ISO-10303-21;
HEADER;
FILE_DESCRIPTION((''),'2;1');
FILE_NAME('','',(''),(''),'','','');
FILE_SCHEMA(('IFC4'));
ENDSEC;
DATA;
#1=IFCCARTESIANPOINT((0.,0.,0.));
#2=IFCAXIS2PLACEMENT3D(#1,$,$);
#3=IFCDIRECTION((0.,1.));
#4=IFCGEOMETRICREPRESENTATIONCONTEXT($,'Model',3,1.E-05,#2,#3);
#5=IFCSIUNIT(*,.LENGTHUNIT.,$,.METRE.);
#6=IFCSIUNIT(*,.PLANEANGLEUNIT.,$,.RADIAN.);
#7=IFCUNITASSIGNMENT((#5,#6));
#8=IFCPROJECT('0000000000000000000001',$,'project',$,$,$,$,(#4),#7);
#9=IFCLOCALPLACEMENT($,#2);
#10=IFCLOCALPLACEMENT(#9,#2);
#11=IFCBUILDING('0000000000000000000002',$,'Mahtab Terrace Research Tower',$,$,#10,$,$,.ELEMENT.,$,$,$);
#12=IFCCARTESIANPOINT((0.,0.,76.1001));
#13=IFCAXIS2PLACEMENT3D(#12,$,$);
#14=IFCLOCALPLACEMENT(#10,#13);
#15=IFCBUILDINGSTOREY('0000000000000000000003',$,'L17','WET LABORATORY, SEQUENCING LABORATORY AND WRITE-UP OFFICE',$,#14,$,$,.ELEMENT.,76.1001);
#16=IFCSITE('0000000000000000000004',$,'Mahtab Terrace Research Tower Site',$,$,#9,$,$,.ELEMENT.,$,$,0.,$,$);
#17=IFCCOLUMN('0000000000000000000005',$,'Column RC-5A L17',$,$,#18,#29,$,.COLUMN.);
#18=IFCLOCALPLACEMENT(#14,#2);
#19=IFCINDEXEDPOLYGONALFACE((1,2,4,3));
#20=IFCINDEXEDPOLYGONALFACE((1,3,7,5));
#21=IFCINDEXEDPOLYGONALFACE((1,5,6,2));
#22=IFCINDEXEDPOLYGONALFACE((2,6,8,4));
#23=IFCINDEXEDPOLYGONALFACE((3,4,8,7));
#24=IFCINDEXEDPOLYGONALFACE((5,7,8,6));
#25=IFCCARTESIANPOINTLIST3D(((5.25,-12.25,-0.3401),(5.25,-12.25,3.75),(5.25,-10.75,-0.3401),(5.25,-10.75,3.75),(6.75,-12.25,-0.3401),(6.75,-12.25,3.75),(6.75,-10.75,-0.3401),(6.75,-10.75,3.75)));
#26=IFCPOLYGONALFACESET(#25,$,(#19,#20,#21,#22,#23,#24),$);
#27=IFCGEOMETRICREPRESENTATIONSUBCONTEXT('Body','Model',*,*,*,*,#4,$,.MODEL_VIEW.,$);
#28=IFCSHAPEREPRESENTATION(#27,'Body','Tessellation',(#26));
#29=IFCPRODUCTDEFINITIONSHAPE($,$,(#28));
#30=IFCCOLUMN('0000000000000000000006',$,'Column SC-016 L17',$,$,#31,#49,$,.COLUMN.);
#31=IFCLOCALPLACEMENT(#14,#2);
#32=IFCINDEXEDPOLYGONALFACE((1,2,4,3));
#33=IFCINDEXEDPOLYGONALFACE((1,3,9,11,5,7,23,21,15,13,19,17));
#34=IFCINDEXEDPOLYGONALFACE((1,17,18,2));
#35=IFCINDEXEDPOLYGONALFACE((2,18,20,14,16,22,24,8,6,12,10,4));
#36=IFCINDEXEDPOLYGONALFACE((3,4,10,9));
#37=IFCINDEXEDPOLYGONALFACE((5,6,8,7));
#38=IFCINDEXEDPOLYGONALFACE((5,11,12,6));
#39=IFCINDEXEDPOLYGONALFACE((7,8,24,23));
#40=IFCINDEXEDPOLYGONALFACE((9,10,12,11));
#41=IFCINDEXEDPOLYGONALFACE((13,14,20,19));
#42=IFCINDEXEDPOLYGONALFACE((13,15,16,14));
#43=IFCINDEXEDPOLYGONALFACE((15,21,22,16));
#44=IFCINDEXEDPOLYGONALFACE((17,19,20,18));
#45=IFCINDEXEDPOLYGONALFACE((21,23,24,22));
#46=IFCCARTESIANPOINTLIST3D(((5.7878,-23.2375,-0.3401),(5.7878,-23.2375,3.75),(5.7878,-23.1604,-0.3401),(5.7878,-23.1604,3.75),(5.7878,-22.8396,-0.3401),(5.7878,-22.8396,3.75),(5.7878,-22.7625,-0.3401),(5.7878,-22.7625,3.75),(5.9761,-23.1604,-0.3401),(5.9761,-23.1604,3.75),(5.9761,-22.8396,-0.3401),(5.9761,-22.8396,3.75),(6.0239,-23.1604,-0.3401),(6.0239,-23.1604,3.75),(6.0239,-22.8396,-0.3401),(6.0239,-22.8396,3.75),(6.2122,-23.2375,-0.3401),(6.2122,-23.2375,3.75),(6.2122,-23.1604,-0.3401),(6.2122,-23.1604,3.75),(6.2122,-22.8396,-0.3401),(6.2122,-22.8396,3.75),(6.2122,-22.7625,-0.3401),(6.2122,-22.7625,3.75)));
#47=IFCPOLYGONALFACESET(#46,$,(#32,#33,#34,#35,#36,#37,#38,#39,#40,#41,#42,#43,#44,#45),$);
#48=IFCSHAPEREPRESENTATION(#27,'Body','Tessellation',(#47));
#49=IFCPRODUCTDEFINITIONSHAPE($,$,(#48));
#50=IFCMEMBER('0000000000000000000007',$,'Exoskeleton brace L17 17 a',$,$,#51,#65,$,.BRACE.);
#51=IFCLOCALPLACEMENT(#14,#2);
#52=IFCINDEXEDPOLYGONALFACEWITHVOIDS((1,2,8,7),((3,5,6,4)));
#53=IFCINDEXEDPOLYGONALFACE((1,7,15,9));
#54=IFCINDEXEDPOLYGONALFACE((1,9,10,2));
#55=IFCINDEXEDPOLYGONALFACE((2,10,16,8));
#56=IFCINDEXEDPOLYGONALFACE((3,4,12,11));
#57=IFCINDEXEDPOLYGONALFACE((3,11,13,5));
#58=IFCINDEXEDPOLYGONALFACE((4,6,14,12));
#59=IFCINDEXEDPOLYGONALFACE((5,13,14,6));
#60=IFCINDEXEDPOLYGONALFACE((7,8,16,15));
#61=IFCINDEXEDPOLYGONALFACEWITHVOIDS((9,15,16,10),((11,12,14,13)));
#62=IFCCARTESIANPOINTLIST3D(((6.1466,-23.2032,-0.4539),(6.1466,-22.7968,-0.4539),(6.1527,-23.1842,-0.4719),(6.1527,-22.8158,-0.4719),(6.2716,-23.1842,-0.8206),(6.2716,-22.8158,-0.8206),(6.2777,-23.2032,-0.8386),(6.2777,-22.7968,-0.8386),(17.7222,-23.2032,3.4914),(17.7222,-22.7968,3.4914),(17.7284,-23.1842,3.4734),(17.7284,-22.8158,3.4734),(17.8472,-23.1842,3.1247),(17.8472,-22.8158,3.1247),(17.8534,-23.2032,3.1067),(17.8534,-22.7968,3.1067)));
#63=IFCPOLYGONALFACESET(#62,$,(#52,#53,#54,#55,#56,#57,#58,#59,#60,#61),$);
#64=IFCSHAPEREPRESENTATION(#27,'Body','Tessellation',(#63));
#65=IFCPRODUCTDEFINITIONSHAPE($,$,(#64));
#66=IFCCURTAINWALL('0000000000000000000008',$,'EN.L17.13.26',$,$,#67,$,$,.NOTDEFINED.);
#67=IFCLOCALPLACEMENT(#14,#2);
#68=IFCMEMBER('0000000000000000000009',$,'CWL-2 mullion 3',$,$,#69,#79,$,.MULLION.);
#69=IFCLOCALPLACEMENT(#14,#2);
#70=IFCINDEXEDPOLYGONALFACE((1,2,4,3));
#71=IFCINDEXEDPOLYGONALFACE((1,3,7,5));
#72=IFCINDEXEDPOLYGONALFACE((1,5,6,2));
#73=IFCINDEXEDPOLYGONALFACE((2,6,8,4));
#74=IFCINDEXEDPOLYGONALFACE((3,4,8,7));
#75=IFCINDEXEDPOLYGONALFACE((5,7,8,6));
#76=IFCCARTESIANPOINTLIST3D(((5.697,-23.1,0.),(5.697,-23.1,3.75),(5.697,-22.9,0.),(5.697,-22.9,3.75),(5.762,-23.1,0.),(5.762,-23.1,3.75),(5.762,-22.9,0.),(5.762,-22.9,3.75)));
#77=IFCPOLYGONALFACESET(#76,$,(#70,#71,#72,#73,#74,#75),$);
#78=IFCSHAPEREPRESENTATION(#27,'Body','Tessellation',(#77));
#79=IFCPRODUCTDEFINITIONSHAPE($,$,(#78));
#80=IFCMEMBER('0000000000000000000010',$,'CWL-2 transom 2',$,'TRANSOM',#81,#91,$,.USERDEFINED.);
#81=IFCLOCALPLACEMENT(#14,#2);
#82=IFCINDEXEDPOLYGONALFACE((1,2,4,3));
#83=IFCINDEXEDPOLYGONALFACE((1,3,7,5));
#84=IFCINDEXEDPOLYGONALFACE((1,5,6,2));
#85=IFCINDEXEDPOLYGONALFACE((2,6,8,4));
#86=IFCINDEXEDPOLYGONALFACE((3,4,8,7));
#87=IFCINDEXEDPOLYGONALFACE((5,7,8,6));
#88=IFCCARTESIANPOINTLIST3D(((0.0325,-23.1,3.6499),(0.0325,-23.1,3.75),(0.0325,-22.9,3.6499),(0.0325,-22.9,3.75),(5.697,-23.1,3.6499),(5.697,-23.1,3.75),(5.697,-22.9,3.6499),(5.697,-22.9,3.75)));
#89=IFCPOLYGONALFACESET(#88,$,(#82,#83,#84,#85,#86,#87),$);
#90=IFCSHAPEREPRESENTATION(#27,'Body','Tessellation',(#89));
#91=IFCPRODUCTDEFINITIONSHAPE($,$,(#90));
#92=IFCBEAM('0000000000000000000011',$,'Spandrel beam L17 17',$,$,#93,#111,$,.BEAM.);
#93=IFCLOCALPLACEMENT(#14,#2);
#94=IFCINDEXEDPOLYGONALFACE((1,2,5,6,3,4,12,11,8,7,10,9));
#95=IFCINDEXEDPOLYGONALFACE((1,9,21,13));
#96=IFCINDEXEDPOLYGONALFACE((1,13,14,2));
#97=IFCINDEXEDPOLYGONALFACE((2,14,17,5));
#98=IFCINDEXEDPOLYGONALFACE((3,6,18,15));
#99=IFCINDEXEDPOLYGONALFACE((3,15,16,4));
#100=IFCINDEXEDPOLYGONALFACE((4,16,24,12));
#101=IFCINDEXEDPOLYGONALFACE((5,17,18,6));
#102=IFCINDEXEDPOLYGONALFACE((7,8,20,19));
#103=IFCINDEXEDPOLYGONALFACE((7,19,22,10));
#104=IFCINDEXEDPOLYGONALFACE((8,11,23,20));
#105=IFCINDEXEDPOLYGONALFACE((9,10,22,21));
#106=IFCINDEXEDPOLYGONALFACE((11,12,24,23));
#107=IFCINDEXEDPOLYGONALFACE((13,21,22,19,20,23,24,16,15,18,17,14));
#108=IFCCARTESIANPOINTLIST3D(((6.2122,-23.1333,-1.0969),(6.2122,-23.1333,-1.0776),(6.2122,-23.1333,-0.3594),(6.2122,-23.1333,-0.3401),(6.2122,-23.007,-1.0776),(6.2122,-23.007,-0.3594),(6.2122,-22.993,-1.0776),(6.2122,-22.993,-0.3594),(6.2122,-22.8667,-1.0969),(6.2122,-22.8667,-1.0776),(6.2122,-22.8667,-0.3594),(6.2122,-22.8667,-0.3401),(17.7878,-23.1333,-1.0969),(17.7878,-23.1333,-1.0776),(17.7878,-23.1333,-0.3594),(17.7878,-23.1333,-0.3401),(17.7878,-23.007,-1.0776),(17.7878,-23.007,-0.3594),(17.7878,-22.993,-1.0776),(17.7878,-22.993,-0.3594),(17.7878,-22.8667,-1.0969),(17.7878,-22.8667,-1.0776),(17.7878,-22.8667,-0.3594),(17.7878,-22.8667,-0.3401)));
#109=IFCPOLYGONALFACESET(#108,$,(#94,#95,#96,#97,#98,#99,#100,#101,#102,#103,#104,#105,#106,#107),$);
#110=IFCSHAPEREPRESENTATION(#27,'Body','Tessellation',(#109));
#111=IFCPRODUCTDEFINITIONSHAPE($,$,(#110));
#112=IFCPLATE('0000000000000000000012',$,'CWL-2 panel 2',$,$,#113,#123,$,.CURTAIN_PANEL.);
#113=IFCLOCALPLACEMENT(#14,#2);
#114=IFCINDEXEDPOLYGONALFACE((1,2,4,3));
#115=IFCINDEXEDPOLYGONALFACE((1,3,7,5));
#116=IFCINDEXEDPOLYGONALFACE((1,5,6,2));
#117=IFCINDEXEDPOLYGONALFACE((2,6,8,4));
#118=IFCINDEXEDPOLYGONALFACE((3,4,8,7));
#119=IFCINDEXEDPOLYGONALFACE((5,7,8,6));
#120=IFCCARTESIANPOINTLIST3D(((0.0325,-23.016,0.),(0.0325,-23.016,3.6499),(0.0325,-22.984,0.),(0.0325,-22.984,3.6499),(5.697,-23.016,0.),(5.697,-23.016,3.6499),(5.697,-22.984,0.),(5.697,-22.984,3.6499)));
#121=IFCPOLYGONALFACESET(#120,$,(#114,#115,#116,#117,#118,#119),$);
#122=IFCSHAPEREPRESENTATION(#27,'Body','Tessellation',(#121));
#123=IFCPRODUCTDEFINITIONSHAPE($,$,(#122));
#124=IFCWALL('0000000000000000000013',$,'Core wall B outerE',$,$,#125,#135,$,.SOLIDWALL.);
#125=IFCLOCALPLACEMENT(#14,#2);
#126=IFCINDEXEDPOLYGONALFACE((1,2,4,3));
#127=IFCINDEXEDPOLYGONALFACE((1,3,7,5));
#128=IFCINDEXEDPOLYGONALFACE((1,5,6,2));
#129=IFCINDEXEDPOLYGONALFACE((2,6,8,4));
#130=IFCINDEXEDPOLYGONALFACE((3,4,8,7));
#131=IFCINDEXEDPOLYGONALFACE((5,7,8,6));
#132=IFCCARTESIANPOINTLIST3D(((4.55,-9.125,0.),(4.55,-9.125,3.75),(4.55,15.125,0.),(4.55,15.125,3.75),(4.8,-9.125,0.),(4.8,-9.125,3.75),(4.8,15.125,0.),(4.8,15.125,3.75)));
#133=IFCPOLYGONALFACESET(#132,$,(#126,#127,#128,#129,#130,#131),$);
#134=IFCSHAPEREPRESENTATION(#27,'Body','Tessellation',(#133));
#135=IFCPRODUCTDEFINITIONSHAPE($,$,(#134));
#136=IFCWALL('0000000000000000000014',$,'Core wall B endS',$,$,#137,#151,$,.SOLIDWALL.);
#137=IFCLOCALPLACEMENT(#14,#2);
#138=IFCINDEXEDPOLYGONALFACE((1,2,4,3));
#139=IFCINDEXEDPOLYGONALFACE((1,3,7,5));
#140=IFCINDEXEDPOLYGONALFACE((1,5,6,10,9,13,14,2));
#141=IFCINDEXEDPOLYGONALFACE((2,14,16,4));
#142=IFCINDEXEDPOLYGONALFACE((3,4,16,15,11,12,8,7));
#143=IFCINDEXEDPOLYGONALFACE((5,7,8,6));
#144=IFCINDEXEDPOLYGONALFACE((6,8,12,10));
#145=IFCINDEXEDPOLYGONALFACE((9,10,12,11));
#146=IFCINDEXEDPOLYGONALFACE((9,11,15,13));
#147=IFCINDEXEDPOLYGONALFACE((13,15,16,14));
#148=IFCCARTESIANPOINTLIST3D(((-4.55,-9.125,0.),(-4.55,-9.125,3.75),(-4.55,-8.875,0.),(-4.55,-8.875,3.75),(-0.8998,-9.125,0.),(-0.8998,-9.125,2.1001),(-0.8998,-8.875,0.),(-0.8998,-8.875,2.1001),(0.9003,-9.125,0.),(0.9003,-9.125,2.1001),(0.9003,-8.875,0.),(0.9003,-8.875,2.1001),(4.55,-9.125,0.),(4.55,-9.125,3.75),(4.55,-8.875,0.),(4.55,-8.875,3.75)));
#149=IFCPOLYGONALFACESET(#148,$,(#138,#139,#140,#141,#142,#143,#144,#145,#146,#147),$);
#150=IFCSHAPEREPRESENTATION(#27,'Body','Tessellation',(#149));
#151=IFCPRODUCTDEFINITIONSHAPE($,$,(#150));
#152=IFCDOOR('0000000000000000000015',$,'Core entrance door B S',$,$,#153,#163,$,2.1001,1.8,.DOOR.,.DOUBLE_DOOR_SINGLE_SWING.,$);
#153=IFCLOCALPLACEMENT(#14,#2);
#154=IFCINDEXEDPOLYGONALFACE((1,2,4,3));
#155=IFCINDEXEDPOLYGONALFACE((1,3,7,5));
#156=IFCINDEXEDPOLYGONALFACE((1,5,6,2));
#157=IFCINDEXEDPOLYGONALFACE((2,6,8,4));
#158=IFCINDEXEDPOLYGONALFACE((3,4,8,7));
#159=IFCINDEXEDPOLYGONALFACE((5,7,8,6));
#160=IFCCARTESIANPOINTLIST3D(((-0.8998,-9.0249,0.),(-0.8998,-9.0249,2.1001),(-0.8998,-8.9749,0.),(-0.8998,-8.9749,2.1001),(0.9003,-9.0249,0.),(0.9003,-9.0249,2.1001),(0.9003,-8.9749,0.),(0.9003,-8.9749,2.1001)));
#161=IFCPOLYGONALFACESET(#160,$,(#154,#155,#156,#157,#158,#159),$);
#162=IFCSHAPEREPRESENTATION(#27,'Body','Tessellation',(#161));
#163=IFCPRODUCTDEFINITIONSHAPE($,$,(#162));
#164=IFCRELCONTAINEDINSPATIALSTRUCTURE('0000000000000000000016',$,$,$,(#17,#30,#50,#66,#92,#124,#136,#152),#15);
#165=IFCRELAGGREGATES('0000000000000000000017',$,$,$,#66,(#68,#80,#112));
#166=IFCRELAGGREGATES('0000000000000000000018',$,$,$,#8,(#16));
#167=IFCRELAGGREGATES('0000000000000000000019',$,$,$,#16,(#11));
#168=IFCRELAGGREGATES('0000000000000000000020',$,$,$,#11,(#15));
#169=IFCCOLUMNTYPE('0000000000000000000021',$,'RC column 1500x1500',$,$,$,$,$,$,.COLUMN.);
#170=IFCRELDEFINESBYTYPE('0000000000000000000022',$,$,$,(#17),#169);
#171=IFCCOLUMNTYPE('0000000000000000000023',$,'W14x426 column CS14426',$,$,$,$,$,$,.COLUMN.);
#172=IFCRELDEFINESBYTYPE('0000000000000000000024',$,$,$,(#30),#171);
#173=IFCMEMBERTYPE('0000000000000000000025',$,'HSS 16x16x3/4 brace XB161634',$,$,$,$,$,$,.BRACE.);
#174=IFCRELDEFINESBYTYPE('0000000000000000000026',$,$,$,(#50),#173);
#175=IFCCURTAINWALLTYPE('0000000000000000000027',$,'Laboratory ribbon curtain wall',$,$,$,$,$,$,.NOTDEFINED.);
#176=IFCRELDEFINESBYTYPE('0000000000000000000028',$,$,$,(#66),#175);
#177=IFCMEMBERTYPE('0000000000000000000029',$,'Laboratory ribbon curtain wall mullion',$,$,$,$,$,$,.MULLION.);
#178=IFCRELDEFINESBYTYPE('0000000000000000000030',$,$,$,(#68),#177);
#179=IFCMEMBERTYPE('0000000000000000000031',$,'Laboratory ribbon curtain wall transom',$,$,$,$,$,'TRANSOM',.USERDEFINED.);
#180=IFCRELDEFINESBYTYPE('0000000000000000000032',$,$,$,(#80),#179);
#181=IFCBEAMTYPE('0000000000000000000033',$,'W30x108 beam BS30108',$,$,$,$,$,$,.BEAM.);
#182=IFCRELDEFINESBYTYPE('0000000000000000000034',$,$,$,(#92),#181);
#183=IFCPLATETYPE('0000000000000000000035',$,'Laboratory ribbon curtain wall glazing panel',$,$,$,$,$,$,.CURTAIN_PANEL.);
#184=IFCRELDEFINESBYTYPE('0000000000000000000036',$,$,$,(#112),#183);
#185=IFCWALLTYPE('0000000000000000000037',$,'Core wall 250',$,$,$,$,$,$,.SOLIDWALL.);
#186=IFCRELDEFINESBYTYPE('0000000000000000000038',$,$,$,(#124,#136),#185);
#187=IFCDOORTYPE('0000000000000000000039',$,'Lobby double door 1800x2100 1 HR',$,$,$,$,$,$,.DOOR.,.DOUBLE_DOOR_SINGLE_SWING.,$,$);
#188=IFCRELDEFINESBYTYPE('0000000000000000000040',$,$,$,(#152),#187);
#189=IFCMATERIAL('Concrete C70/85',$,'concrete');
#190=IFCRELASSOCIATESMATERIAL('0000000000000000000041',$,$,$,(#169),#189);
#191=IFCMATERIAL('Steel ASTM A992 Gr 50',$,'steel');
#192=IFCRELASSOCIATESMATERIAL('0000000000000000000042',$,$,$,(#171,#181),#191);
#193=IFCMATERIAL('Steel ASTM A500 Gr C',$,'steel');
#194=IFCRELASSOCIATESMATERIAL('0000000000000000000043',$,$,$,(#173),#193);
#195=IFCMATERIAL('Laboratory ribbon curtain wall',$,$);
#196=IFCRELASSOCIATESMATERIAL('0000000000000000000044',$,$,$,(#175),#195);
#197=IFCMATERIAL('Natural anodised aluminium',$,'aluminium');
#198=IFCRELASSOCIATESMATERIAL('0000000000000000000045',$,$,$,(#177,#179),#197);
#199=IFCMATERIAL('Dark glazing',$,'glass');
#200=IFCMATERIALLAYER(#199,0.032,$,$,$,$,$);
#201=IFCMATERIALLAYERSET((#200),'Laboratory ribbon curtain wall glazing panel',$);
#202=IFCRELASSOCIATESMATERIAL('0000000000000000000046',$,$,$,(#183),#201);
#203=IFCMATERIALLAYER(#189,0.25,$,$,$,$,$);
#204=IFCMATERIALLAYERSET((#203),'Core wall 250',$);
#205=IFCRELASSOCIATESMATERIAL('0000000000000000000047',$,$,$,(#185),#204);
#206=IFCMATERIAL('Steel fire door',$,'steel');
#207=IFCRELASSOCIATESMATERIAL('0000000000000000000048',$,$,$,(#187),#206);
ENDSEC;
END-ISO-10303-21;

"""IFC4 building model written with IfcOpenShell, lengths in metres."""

from ifc_helpers import new_model, si_unit, direction, frame, frame_2d, origin, origin_2d, place, context, subcontext, project, spatial, rectangle, hollow_rectangle, i_section, extrude, material, layer, layer_set, material_profile, profile_set, type_object, element, fill, aggregate, save


model = new_model("IFC4")

# Units and contexts
model_context = context("Model", 3, precision=1e-05, world=origin(), true_north=direction((0.0, 1.0)))
body_context = subcontext(model_context, "Body", "Model", "MODEL_VIEW")
ifc_project = project(units=[si_unit("LENGTHUNIT", "METRE"), si_unit("PLANEANGLEUNIT", "RADIAN")], contexts=[model_context])

# Site, building, storey
site_placement = place(None, origin())
site = spatial("IfcSite", under=ifc_project, at=site_placement, Name="Mahtab Terrace Research Tower Site", CompositionType="ELEMENT", RefElevation=0.0)
building_placement = place(site_placement, origin())
building = spatial("IfcBuilding", under=site, at=building_placement, Name="Mahtab Terrace Research Tower", CompositionType="ELEMENT")
storey_placement = place(building_placement, frame((0.0, 0.0, 76.1001)))
storey = spatial("IfcBuildingStorey", under=building, at=storey_placement, Name="L17", Description="WET LABORATORY, SEQUENCING LABORATORY AND WRITE-UP OFFICE", CompositionType="ELEMENT", Elevation=76.1001)

# Columns
ifc_material_1 = material(Name="Concrete C70/85", Category="concrete")
ifc_material_profile_1 = material_profile(ifc_material_1, rectangle(XDim=1.5, YDim=1.5, at=origin_2d()), Name="RC column 1500x1500")
ifc_profile_set_1 = profile_set([ifc_material_profile_1], Name="Concrete C70/85")
column_type_1 = type_object("IfcColumnType", Name="RC column 1500x1500", PredefinedType="COLUMN", material=ifc_profile_set_1)
column_1_placement = place(storey_placement, frame((6.0, -11.5, -0.3401), z_axis=(0.0, 0.0, 1.0), x_axis=(1.0, 0.0, 0.0)))
element("IfcColumn", 1, at=column_1_placement, inside=storey, type_object=column_type_1, Name="Column RC-5A L17", PredefinedType="COLUMN", context=body_context, shape_type="SweptSolid", body=[
    extrude(rectangle(XDim=1.5, YDim=1.5, at=origin_2d()), origin(), (0.0, 0.0, 1.0), 4.0901),
])
ifc_material_2 = material(Name="Steel ASTM A992 Gr 50", Category="steel")
ifc_material_profile_2 = material_profile(ifc_material_2, i_section(OverallWidth=0.4243, OverallDepth=0.4751, WebThickness=0.0479, FlangeThickness=0.0771, at=origin_2d()), Name="W14X426")
ifc_profile_set_2 = profile_set([ifc_material_profile_2], Name="Steel ASTM A992 Gr 50")
column_type_2 = type_object("IfcColumnType", Name="W14x426 column CS14426", PredefinedType="COLUMN", material=ifc_profile_set_2)
column_2_placement = place(storey_placement, frame((6.0, -23.0, -0.3401), z_axis=(0.0, 0.0, 1.0), x_axis=(1.0, 0.0, 0.0)))
element("IfcColumn", 2, at=column_2_placement, inside=storey, type_object=column_type_2, Name="Column SC-016 L17", PredefinedType="COLUMN", context=body_context, shape_type="SweptSolid", body=[
    extrude(i_section(OverallWidth=0.4243, OverallDepth=0.4751, WebThickness=0.0479, FlangeThickness=0.0771, at=origin_2d()), origin(), (0.0, 0.0, 1.0), 4.0901),
])

# Member
ifc_material_3 = material(Name="Steel ASTM A500 Gr C", Category="steel")
ifc_material_profile_3 = material_profile(ifc_material_3, hollow_rectangle(XDim=0.4065, YDim=0.4065, WallThickness=0.019, at=origin_2d()), Name="HSS16X16X3/4")
ifc_profile_set_3 = profile_set([ifc_material_profile_3], Name="Steel ASTM A500 Gr C")
member_type_1 = type_object("IfcMemberType", Name="HSS 16x16x3/4 brace XB161634", PredefinedType="BRACE", material=ifc_profile_set_3)
member_1_placement = place(storey_placement, frame((6.2122, -23.0, -0.6462), z_axis=(0.946534, 0.0, 0.322605), x_axis=(0.0, 1.0, 0.0)))
element("IfcMember", 3, at=member_1_placement, inside=storey, type_object=member_type_1, Name="Exoskeleton brace L17 17 a", PredefinedType="BRACE", context=body_context, shape_type="SweptSolid", body=[
    extrude(hollow_rectangle(XDim=0.4065, YDim=0.4065, WallThickness=0.019, at=origin_2d()), origin(), (0.0, 0.0, 1.0), 12.2295),
])

# Curtain wall, members
ifc_material_4 = material(Name="Laboratory ribbon curtain wall")
curtain_wall_type = type_object("IfcCurtainWallType", Name="Laboratory ribbon curtain wall", PredefinedType="NOTDEFINED", material=ifc_material_4)
curtain_wall_placement = place(storey_placement, origin())
curtain_wall = element("IfcCurtainWall", 4, at=curtain_wall_placement, inside=storey, type_object=curtain_wall_type, Name="EN.L17.13.26", PredefinedType="NOTDEFINED")
ifc_material_5 = material(Name="Natural anodised aluminium", Category="aluminium")
ifc_material_profile_4 = material_profile(ifc_material_5, rectangle(XDim=0.2, YDim=0.0649, at=origin_2d()), Name="MULLION 65x200")
ifc_profile_set_4 = profile_set([ifc_material_profile_4], Name="Natural anodised aluminium")
member_type_2 = type_object("IfcMemberType", Name="Laboratory ribbon curtain wall mullion", PredefinedType="MULLION", material=ifc_profile_set_4)
member_2_placement = place(storey_placement, frame((5.7295, -23.0, 0.0), z_axis=(0.0, 0.0, 1.0), x_axis=(0.0, 1.0, 0.0)))
member_2 = element("IfcMember", 5, at=member_2_placement, type_object=member_type_2, Name="CWL-2 mullion 3", PredefinedType="MULLION", context=body_context, shape_type="SweptSolid", body=[
    extrude(rectangle(XDim=0.2, YDim=0.0649, at=origin_2d()), origin(), (0.0, 0.0, 1.0), 3.75),
])
ifc_material_profile_5 = material_profile(ifc_material_5, rectangle(XDim=0.2, YDim=0.1001, at=origin_2d()), Name="TRANSOM 100x200")
ifc_profile_set_5 = profile_set([ifc_material_profile_5], Name="Natural anodised aluminium")
member_type_3 = type_object("IfcMemberType", Name="Laboratory ribbon curtain wall transom", ElementType="TRANSOM", PredefinedType="USERDEFINED", material=ifc_profile_set_5)
member_3_placement = place(storey_placement, frame((0.0325, -23.0, 3.7), z_axis=(1.0, 0.0, 0.0), x_axis=(0.0, 1.0, 0.0)))
member_3 = element("IfcMember", 6, at=member_3_placement, type_object=member_type_3, Name="CWL-2 transom 2", ObjectType="TRANSOM", PredefinedType="USERDEFINED", context=body_context, shape_type="SweptSolid", body=[
    extrude(rectangle(XDim=0.2, YDim=0.1001, at=origin_2d()), origin(), (0.0, 0.0, 1.0), 5.6646),
])

# Beam
ifc_material_profile_6 = material_profile(ifc_material_2, i_section(OverallWidth=0.2666, OverallDepth=0.7568, WebThickness=0.0139, FlangeThickness=0.0193, at=origin_2d()), Name="W30X108")
ifc_profile_set_6 = profile_set([ifc_material_profile_6], Name="Steel ASTM A992 Gr 50")
beam_type = type_object("IfcBeamType", Name="W30x108 beam BS30108", PredefinedType="BEAM", material=ifc_profile_set_6)
beam_placement = place(storey_placement, frame((6.2122, -23.0, -0.7185), z_axis=(1.0, 0.0, 0.0), x_axis=(0.0, 1.0, 0.0)))
element("IfcBeam", 7, at=beam_placement, inside=storey, type_object=beam_type, Name="Spandrel beam L17 17", PredefinedType="BEAM", context=body_context, shape_type="SweptSolid", body=[
    extrude(i_section(OverallWidth=0.2666, OverallDepth=0.7568, WebThickness=0.0139, FlangeThickness=0.0193, at=origin_2d()), origin(), (0.0, 0.0, 1.0), 11.5757),
])

# Plate
ifc_material_6 = material(Name="Dark glazing", Category="glass")
ifc_layer_1 = layer(ifc_material_6, 0.032)
ifc_layer_set_1 = layer_set([ifc_layer_1], Name="Laboratory ribbon curtain wall glazing panel")
plate_type = type_object("IfcPlateType", Name="Laboratory ribbon curtain wall glazing panel", PredefinedType="CURTAIN_PANEL", material=ifc_layer_set_1)
plate_placement = place(storey_placement, frame((2.8647, -23.0, 0.0), z_axis=(0.0, 0.0, 1.0), x_axis=(1.0, 0.0, 0.0)))
plate = element("IfcPlate", 8, at=plate_placement, type_object=plate_type, Name="CWL-2 panel 2", PredefinedType="CURTAIN_PANEL", context=body_context, shape_type="SweptSolid", body=[
    extrude(rectangle(XDim=5.6646, YDim=0.032, at=origin_2d()), origin(), (0.0, 0.0, 1.0), 3.6499),
])
aggregate(curtain_wall, [member_2, member_3, plate])

# Wall
ifc_layer_2 = layer(ifc_material_1, 0.25)
ifc_layer_set_2 = layer_set([ifc_layer_2], Name="Core wall 250")
wall_type_1 = type_object("IfcWallType", Name="Core wall 250", PredefinedType="SOLIDWALL", material=ifc_layer_set_2)
wall_1_placement = place(storey_placement, frame((4.675, -9.125, 0.0), z_axis=(0.0, 0.0, 1.0), x_axis=(0.0, 1.0, 0.0)))
element("IfcWall", 9, at=wall_1_placement, inside=storey, type_object=wall_type_1, Name="Core wall B outerE", PredefinedType="SOLIDWALL", context=body_context, shape_type="SweptSolid", body=[
    extrude(rectangle(XDim=24.25, YDim=0.25, at=frame_2d((12.125, 0.0))), origin(), (0.0, 0.0, 1.0), 3.75),
])

# Wall, opening, door
wall_2_placement = place(storey_placement, frame((4.55, -9.0, 0.0), z_axis=(0.0, 0.0, 1.0), x_axis=(-1.0, 0.0, 0.0)))
wall_2 = element("IfcWall", 10, at=wall_2_placement, inside=storey, type_object=wall_type_1, Name="Core wall B endS", PredefinedType="SOLIDWALL", context=body_context, shape_type="SweptSolid", body=[
    extrude(rectangle(XDim=9.1001, YDim=0.25, at=frame_2d((4.55, 0.0))), origin(), (0.0, 0.0, 1.0), 3.75),
])
opening_1_placement = place(wall_2_placement, frame((3.6499, 0.0, 0.0)))
opening_1 = element("IfcOpeningElement", 11, at=opening_1_placement, cuts=wall_2, PredefinedType="OPENING", context=body_context, shape_type="SweptSolid", body=[
    extrude(rectangle(XDim=1.8, YDim=2.1001, at=frame_2d((0.8999, 1.05))), frame((0.0, 0.135, 0.0), z_axis=(0.0, -1.0, 0.0), x_axis=(1.0, 0.0, 0.0)), (0.0, 0.0, 1.0), 0.27),
])
ifc_material_7 = material(Name="Steel fire door", Category="steel")
door_type_1 = type_object("IfcDoorType", Name="Lobby double door 1800x2100 1 HR", OperationType="DOUBLE_DOOR_SINGLE_SWING", PredefinedType="DOOR", material=ifc_material_7)
door_1_placement = place(opening_1_placement, origin())
door_1 = element("IfcDoor", 12, at=door_1_placement, inside=storey, type_object=door_type_1, Name="Core entrance door B S", OperationType="DOUBLE_DOOR_SINGLE_SWING", OverallHeight=2.1001, OverallWidth=1.8, PredefinedType="DOOR", context=body_context, shape_type="SweptSolid", body=[
    extrude(rectangle(XDim=1.8, YDim=2.1001, at=frame_2d((0.8999, 1.05))), frame((0.0, 0.0249, 0.0), z_axis=(0.0, -1.0, 0.0), x_axis=(1.0, 0.0, 0.0)), (0.0, 0.0, 1.0), 0.05),
])
fill(opening_1, door_1)

save(model, "model.ifc")
